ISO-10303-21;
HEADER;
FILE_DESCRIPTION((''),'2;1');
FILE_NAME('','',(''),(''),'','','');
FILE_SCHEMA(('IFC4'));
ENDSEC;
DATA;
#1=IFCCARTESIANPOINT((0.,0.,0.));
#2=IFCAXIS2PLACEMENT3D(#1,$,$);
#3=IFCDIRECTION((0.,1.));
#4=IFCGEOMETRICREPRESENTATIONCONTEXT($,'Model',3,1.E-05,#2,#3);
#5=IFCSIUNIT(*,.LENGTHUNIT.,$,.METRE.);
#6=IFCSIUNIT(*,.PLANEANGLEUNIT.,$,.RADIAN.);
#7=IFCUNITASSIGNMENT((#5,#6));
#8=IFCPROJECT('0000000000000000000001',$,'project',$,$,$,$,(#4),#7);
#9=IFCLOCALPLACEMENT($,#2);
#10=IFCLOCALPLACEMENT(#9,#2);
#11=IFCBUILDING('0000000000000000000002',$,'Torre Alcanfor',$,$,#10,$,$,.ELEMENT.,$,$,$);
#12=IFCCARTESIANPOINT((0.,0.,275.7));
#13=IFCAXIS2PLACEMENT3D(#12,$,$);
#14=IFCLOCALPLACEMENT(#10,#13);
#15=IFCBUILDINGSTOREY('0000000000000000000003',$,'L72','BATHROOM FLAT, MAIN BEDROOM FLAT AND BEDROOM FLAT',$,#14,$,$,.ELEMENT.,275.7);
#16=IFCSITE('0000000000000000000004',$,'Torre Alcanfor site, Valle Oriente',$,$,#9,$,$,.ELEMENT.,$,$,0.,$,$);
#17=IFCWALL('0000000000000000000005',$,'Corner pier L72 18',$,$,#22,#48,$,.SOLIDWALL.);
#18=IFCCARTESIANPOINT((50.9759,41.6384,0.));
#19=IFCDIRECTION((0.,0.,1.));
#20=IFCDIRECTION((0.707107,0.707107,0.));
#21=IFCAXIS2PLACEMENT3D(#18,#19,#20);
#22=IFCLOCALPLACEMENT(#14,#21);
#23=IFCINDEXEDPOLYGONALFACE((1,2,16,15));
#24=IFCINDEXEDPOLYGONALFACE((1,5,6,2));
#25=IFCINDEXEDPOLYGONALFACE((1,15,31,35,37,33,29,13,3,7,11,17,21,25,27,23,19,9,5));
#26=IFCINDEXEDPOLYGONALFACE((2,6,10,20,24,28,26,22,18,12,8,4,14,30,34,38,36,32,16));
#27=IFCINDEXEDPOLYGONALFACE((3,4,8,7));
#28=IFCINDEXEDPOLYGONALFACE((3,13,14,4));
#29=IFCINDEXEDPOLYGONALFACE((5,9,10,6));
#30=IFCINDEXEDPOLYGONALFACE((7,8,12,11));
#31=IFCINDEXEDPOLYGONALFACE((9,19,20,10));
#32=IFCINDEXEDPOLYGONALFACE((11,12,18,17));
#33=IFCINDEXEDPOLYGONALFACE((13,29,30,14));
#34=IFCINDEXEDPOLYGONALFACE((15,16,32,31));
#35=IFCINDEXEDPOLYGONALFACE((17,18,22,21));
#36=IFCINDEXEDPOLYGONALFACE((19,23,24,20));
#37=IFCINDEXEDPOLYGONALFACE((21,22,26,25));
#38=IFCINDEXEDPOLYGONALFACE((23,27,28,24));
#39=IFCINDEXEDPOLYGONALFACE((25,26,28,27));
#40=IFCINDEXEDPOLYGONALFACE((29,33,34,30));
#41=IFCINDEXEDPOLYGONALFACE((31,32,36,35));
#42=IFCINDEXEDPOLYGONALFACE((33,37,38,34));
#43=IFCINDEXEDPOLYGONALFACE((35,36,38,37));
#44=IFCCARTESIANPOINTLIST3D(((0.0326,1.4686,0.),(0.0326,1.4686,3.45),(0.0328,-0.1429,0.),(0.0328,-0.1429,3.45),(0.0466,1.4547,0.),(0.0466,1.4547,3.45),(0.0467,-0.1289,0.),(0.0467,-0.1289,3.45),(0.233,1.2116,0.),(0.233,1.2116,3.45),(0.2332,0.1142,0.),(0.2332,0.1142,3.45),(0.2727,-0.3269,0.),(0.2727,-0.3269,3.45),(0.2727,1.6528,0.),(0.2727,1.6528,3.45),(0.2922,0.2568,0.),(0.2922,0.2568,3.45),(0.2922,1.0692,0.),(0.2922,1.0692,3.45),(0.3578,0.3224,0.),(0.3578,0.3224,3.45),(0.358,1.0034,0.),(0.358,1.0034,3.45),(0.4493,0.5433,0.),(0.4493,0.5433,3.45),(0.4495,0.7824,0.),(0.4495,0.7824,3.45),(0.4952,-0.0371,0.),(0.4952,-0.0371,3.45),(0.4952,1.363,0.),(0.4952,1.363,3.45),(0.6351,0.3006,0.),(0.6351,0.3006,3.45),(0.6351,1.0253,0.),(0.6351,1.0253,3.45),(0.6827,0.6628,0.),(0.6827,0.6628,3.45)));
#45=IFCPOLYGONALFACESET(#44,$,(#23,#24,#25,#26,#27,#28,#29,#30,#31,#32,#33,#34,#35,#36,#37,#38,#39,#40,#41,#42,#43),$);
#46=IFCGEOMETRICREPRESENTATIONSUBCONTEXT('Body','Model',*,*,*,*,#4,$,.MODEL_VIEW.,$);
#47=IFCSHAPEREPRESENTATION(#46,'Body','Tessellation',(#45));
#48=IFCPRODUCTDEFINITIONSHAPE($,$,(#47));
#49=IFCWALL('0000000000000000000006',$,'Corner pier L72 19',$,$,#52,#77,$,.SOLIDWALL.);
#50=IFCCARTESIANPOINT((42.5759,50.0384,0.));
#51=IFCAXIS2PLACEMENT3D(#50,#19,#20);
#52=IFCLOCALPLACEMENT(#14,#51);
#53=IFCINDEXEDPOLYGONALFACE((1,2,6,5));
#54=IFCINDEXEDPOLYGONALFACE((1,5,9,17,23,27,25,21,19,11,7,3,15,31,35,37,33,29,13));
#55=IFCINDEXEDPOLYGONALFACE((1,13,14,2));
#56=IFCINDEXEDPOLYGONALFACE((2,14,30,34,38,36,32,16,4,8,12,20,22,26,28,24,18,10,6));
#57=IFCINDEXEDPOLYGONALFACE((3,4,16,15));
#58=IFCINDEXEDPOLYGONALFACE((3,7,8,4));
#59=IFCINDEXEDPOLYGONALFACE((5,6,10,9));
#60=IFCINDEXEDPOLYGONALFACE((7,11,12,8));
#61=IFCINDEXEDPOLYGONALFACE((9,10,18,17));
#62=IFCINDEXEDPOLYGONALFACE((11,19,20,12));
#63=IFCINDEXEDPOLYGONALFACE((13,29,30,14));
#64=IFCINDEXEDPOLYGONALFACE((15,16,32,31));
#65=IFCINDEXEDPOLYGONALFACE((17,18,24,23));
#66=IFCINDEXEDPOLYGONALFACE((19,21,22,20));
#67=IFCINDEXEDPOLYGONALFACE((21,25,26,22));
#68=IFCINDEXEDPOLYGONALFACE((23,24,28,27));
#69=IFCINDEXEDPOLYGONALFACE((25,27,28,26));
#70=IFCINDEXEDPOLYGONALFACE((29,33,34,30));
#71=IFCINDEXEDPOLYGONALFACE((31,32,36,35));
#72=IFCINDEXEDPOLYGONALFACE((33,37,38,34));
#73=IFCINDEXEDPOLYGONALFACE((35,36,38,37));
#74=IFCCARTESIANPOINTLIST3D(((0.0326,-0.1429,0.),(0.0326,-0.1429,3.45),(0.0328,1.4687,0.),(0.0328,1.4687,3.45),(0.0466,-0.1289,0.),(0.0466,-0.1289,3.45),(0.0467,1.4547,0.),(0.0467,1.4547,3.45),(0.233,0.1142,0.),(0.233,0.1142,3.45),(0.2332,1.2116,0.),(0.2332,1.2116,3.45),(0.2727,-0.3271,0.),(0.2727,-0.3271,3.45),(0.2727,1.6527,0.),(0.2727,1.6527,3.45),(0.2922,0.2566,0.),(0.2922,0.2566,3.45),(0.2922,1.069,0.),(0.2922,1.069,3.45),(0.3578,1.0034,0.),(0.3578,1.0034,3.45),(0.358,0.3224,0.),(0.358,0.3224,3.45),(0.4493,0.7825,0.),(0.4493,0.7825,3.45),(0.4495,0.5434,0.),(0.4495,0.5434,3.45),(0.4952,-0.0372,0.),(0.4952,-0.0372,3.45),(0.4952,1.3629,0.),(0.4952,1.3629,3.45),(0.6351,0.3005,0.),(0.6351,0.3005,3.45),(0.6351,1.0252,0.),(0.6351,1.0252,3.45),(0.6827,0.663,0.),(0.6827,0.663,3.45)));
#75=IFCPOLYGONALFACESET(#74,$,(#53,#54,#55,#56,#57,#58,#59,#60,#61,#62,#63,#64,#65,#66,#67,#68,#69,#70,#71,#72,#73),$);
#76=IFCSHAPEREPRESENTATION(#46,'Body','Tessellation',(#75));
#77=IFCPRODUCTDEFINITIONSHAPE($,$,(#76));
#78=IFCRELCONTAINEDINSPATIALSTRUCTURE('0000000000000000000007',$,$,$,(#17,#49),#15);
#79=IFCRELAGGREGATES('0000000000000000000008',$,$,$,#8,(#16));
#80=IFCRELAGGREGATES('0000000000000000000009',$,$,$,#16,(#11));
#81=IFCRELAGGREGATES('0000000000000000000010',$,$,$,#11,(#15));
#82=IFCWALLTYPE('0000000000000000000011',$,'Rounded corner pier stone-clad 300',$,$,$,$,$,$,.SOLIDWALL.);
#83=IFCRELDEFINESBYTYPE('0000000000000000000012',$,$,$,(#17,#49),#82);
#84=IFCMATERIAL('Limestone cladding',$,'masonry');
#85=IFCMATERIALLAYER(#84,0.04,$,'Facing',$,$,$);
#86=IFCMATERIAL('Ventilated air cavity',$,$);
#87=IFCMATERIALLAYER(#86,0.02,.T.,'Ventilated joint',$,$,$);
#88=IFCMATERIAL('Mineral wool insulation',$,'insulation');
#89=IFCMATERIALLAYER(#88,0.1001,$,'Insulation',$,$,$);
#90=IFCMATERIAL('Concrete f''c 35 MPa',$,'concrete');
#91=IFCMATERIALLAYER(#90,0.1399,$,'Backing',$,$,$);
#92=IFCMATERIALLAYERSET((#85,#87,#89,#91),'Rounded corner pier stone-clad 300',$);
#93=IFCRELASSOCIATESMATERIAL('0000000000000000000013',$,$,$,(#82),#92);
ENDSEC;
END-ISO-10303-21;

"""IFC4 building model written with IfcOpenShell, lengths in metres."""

from ifc_helpers import new_model, si_unit, direction, frame, origin, place, context, subcontext, project, spatial, polyline, outline, extrude, material, layer, layer_set, type_object, element, save


model = new_model("IFC4")

# Units and contexts
model_context = context("Model", 3, precision=1e-05, world=origin(), true_north=direction((0.0, 1.0)))
body_context = subcontext(model_context, "Body", "Model", "MODEL_VIEW")
ifc_project = project(units=[si_unit("LENGTHUNIT", "METRE"), si_unit("PLANEANGLEUNIT", "RADIAN")], contexts=[model_context])

# Site, building, storey
site_placement = place(None, origin())
site = spatial("IfcSite", under=ifc_project, at=site_placement, Name="Torre Alcanfor site, Valle Oriente", CompositionType="ELEMENT", RefElevation=0.0)
building_placement = place(site_placement, origin())
building = spatial("IfcBuilding", under=site, at=building_placement, Name="Torre Alcanfor", CompositionType="ELEMENT")
storey_placement = place(building_placement, frame((0.0, 0.0, 275.7)))
storey = spatial("IfcBuildingStorey", under=building, at=storey_placement, Name="L72", Description="BATHROOM FLAT, MAIN BEDROOM FLAT AND BEDROOM FLAT", CompositionType="ELEMENT", Elevation=275.7)

# Shared definitions
ifc_material_1 = material(Name="Limestone cladding", Category="masonry")
ifc_material_2 = material(Name="Ventilated air cavity")
ifc_material_3 = material(Name="Mineral wool insulation", Category="insulation")
ifc_material_4 = material(Name="Concrete f'c 35 MPa", Category="concrete")

# Walls
ifc_layer_1 = layer(ifc_material_1, 0.04, Name="Facing")
ifc_layer_2 = layer(ifc_material_2, 0.02, ventilated=True, Name="Ventilated joint")
ifc_layer_3 = layer(ifc_material_3, 0.1001, Name="Insulation")
ifc_layer_4 = layer(ifc_material_4, 0.1399, Name="Backing")
ifc_layer_set_1 = layer_set([ifc_layer_1, ifc_layer_2, ifc_layer_3, ifc_layer_4], Name="Rounded corner pier stone-clad 300")
wall_type_1 = type_object("IfcWallType", Name="Rounded corner pier stone-clad 300", PredefinedType="SOLIDWALL", material=ifc_layer_set_1)
wall_1_placement = place(storey_placement, frame((50.9759, 41.6384, 0.0), z_axis=(0.0, 0.0, 1.0), x_axis=(0.707107, 0.707107, 0.0)))
element("IfcWall", 1, at=wall_1_placement, inside=storey, type_object=wall_type_1, Name="Corner pier L72 18", PredefinedType="SOLIDWALL", context=body_context, shape_type="SweptSolid", body=[
    extrude(outline(polyline([(0.2332, 0.1142), (0.0467, -0.1289), (0.0328, -0.1429), (0.2727, -0.3269), (0.4952, -0.0371), (0.6351, 0.3006), (0.6827, 0.6628), (0.6351, 1.0253), (0.4952, 1.363), (0.2727, 1.6528), (0.0326, 1.4686), (0.0466, 1.4547), (0.233, 1.2116), (0.2922, 1.0692), (0.358, 1.0034), (0.4495, 0.7824), (0.4493, 0.5433), (0.3578, 0.3224), (0.2922, 0.2568), (0.2332, 0.1142)])), origin(), (0.0, 0.0, 1.0), 3.45),
])
wall_2_placement = place(storey_placement, frame((42.5759, 50.0384, 0.0), z_axis=(0.0, 0.0, 1.0), x_axis=(0.707107, 0.707107, 0.0)))
element("IfcWall", 2, at=wall_2_placement, inside=storey, type_object=wall_type_1, Name="Corner pier L72 19", PredefinedType="SOLIDWALL", context=body_context, shape_type="SweptSolid", body=[
    extrude(outline(polyline([(0.233, 0.1142), (0.0466, -0.1289), (0.0326, -0.1429), (0.2727, -0.3271), (0.4952, -0.0372), (0.6351, 0.3005), (0.6827, 0.663), (0.6351, 1.0252), (0.4952, 1.3629), (0.2727, 1.6527), (0.0328, 1.4687), (0.0467, 1.4547), (0.2332, 1.2116), (0.2922, 1.069), (0.3578, 1.0034), (0.4493, 0.7825), (0.4495, 0.5434), (0.358, 0.3224), (0.2922, 0.2566), (0.233, 0.1142)])), origin(), (0.0, 0.0, 1.0), 3.45),
])

save(model, "model.ifc")
